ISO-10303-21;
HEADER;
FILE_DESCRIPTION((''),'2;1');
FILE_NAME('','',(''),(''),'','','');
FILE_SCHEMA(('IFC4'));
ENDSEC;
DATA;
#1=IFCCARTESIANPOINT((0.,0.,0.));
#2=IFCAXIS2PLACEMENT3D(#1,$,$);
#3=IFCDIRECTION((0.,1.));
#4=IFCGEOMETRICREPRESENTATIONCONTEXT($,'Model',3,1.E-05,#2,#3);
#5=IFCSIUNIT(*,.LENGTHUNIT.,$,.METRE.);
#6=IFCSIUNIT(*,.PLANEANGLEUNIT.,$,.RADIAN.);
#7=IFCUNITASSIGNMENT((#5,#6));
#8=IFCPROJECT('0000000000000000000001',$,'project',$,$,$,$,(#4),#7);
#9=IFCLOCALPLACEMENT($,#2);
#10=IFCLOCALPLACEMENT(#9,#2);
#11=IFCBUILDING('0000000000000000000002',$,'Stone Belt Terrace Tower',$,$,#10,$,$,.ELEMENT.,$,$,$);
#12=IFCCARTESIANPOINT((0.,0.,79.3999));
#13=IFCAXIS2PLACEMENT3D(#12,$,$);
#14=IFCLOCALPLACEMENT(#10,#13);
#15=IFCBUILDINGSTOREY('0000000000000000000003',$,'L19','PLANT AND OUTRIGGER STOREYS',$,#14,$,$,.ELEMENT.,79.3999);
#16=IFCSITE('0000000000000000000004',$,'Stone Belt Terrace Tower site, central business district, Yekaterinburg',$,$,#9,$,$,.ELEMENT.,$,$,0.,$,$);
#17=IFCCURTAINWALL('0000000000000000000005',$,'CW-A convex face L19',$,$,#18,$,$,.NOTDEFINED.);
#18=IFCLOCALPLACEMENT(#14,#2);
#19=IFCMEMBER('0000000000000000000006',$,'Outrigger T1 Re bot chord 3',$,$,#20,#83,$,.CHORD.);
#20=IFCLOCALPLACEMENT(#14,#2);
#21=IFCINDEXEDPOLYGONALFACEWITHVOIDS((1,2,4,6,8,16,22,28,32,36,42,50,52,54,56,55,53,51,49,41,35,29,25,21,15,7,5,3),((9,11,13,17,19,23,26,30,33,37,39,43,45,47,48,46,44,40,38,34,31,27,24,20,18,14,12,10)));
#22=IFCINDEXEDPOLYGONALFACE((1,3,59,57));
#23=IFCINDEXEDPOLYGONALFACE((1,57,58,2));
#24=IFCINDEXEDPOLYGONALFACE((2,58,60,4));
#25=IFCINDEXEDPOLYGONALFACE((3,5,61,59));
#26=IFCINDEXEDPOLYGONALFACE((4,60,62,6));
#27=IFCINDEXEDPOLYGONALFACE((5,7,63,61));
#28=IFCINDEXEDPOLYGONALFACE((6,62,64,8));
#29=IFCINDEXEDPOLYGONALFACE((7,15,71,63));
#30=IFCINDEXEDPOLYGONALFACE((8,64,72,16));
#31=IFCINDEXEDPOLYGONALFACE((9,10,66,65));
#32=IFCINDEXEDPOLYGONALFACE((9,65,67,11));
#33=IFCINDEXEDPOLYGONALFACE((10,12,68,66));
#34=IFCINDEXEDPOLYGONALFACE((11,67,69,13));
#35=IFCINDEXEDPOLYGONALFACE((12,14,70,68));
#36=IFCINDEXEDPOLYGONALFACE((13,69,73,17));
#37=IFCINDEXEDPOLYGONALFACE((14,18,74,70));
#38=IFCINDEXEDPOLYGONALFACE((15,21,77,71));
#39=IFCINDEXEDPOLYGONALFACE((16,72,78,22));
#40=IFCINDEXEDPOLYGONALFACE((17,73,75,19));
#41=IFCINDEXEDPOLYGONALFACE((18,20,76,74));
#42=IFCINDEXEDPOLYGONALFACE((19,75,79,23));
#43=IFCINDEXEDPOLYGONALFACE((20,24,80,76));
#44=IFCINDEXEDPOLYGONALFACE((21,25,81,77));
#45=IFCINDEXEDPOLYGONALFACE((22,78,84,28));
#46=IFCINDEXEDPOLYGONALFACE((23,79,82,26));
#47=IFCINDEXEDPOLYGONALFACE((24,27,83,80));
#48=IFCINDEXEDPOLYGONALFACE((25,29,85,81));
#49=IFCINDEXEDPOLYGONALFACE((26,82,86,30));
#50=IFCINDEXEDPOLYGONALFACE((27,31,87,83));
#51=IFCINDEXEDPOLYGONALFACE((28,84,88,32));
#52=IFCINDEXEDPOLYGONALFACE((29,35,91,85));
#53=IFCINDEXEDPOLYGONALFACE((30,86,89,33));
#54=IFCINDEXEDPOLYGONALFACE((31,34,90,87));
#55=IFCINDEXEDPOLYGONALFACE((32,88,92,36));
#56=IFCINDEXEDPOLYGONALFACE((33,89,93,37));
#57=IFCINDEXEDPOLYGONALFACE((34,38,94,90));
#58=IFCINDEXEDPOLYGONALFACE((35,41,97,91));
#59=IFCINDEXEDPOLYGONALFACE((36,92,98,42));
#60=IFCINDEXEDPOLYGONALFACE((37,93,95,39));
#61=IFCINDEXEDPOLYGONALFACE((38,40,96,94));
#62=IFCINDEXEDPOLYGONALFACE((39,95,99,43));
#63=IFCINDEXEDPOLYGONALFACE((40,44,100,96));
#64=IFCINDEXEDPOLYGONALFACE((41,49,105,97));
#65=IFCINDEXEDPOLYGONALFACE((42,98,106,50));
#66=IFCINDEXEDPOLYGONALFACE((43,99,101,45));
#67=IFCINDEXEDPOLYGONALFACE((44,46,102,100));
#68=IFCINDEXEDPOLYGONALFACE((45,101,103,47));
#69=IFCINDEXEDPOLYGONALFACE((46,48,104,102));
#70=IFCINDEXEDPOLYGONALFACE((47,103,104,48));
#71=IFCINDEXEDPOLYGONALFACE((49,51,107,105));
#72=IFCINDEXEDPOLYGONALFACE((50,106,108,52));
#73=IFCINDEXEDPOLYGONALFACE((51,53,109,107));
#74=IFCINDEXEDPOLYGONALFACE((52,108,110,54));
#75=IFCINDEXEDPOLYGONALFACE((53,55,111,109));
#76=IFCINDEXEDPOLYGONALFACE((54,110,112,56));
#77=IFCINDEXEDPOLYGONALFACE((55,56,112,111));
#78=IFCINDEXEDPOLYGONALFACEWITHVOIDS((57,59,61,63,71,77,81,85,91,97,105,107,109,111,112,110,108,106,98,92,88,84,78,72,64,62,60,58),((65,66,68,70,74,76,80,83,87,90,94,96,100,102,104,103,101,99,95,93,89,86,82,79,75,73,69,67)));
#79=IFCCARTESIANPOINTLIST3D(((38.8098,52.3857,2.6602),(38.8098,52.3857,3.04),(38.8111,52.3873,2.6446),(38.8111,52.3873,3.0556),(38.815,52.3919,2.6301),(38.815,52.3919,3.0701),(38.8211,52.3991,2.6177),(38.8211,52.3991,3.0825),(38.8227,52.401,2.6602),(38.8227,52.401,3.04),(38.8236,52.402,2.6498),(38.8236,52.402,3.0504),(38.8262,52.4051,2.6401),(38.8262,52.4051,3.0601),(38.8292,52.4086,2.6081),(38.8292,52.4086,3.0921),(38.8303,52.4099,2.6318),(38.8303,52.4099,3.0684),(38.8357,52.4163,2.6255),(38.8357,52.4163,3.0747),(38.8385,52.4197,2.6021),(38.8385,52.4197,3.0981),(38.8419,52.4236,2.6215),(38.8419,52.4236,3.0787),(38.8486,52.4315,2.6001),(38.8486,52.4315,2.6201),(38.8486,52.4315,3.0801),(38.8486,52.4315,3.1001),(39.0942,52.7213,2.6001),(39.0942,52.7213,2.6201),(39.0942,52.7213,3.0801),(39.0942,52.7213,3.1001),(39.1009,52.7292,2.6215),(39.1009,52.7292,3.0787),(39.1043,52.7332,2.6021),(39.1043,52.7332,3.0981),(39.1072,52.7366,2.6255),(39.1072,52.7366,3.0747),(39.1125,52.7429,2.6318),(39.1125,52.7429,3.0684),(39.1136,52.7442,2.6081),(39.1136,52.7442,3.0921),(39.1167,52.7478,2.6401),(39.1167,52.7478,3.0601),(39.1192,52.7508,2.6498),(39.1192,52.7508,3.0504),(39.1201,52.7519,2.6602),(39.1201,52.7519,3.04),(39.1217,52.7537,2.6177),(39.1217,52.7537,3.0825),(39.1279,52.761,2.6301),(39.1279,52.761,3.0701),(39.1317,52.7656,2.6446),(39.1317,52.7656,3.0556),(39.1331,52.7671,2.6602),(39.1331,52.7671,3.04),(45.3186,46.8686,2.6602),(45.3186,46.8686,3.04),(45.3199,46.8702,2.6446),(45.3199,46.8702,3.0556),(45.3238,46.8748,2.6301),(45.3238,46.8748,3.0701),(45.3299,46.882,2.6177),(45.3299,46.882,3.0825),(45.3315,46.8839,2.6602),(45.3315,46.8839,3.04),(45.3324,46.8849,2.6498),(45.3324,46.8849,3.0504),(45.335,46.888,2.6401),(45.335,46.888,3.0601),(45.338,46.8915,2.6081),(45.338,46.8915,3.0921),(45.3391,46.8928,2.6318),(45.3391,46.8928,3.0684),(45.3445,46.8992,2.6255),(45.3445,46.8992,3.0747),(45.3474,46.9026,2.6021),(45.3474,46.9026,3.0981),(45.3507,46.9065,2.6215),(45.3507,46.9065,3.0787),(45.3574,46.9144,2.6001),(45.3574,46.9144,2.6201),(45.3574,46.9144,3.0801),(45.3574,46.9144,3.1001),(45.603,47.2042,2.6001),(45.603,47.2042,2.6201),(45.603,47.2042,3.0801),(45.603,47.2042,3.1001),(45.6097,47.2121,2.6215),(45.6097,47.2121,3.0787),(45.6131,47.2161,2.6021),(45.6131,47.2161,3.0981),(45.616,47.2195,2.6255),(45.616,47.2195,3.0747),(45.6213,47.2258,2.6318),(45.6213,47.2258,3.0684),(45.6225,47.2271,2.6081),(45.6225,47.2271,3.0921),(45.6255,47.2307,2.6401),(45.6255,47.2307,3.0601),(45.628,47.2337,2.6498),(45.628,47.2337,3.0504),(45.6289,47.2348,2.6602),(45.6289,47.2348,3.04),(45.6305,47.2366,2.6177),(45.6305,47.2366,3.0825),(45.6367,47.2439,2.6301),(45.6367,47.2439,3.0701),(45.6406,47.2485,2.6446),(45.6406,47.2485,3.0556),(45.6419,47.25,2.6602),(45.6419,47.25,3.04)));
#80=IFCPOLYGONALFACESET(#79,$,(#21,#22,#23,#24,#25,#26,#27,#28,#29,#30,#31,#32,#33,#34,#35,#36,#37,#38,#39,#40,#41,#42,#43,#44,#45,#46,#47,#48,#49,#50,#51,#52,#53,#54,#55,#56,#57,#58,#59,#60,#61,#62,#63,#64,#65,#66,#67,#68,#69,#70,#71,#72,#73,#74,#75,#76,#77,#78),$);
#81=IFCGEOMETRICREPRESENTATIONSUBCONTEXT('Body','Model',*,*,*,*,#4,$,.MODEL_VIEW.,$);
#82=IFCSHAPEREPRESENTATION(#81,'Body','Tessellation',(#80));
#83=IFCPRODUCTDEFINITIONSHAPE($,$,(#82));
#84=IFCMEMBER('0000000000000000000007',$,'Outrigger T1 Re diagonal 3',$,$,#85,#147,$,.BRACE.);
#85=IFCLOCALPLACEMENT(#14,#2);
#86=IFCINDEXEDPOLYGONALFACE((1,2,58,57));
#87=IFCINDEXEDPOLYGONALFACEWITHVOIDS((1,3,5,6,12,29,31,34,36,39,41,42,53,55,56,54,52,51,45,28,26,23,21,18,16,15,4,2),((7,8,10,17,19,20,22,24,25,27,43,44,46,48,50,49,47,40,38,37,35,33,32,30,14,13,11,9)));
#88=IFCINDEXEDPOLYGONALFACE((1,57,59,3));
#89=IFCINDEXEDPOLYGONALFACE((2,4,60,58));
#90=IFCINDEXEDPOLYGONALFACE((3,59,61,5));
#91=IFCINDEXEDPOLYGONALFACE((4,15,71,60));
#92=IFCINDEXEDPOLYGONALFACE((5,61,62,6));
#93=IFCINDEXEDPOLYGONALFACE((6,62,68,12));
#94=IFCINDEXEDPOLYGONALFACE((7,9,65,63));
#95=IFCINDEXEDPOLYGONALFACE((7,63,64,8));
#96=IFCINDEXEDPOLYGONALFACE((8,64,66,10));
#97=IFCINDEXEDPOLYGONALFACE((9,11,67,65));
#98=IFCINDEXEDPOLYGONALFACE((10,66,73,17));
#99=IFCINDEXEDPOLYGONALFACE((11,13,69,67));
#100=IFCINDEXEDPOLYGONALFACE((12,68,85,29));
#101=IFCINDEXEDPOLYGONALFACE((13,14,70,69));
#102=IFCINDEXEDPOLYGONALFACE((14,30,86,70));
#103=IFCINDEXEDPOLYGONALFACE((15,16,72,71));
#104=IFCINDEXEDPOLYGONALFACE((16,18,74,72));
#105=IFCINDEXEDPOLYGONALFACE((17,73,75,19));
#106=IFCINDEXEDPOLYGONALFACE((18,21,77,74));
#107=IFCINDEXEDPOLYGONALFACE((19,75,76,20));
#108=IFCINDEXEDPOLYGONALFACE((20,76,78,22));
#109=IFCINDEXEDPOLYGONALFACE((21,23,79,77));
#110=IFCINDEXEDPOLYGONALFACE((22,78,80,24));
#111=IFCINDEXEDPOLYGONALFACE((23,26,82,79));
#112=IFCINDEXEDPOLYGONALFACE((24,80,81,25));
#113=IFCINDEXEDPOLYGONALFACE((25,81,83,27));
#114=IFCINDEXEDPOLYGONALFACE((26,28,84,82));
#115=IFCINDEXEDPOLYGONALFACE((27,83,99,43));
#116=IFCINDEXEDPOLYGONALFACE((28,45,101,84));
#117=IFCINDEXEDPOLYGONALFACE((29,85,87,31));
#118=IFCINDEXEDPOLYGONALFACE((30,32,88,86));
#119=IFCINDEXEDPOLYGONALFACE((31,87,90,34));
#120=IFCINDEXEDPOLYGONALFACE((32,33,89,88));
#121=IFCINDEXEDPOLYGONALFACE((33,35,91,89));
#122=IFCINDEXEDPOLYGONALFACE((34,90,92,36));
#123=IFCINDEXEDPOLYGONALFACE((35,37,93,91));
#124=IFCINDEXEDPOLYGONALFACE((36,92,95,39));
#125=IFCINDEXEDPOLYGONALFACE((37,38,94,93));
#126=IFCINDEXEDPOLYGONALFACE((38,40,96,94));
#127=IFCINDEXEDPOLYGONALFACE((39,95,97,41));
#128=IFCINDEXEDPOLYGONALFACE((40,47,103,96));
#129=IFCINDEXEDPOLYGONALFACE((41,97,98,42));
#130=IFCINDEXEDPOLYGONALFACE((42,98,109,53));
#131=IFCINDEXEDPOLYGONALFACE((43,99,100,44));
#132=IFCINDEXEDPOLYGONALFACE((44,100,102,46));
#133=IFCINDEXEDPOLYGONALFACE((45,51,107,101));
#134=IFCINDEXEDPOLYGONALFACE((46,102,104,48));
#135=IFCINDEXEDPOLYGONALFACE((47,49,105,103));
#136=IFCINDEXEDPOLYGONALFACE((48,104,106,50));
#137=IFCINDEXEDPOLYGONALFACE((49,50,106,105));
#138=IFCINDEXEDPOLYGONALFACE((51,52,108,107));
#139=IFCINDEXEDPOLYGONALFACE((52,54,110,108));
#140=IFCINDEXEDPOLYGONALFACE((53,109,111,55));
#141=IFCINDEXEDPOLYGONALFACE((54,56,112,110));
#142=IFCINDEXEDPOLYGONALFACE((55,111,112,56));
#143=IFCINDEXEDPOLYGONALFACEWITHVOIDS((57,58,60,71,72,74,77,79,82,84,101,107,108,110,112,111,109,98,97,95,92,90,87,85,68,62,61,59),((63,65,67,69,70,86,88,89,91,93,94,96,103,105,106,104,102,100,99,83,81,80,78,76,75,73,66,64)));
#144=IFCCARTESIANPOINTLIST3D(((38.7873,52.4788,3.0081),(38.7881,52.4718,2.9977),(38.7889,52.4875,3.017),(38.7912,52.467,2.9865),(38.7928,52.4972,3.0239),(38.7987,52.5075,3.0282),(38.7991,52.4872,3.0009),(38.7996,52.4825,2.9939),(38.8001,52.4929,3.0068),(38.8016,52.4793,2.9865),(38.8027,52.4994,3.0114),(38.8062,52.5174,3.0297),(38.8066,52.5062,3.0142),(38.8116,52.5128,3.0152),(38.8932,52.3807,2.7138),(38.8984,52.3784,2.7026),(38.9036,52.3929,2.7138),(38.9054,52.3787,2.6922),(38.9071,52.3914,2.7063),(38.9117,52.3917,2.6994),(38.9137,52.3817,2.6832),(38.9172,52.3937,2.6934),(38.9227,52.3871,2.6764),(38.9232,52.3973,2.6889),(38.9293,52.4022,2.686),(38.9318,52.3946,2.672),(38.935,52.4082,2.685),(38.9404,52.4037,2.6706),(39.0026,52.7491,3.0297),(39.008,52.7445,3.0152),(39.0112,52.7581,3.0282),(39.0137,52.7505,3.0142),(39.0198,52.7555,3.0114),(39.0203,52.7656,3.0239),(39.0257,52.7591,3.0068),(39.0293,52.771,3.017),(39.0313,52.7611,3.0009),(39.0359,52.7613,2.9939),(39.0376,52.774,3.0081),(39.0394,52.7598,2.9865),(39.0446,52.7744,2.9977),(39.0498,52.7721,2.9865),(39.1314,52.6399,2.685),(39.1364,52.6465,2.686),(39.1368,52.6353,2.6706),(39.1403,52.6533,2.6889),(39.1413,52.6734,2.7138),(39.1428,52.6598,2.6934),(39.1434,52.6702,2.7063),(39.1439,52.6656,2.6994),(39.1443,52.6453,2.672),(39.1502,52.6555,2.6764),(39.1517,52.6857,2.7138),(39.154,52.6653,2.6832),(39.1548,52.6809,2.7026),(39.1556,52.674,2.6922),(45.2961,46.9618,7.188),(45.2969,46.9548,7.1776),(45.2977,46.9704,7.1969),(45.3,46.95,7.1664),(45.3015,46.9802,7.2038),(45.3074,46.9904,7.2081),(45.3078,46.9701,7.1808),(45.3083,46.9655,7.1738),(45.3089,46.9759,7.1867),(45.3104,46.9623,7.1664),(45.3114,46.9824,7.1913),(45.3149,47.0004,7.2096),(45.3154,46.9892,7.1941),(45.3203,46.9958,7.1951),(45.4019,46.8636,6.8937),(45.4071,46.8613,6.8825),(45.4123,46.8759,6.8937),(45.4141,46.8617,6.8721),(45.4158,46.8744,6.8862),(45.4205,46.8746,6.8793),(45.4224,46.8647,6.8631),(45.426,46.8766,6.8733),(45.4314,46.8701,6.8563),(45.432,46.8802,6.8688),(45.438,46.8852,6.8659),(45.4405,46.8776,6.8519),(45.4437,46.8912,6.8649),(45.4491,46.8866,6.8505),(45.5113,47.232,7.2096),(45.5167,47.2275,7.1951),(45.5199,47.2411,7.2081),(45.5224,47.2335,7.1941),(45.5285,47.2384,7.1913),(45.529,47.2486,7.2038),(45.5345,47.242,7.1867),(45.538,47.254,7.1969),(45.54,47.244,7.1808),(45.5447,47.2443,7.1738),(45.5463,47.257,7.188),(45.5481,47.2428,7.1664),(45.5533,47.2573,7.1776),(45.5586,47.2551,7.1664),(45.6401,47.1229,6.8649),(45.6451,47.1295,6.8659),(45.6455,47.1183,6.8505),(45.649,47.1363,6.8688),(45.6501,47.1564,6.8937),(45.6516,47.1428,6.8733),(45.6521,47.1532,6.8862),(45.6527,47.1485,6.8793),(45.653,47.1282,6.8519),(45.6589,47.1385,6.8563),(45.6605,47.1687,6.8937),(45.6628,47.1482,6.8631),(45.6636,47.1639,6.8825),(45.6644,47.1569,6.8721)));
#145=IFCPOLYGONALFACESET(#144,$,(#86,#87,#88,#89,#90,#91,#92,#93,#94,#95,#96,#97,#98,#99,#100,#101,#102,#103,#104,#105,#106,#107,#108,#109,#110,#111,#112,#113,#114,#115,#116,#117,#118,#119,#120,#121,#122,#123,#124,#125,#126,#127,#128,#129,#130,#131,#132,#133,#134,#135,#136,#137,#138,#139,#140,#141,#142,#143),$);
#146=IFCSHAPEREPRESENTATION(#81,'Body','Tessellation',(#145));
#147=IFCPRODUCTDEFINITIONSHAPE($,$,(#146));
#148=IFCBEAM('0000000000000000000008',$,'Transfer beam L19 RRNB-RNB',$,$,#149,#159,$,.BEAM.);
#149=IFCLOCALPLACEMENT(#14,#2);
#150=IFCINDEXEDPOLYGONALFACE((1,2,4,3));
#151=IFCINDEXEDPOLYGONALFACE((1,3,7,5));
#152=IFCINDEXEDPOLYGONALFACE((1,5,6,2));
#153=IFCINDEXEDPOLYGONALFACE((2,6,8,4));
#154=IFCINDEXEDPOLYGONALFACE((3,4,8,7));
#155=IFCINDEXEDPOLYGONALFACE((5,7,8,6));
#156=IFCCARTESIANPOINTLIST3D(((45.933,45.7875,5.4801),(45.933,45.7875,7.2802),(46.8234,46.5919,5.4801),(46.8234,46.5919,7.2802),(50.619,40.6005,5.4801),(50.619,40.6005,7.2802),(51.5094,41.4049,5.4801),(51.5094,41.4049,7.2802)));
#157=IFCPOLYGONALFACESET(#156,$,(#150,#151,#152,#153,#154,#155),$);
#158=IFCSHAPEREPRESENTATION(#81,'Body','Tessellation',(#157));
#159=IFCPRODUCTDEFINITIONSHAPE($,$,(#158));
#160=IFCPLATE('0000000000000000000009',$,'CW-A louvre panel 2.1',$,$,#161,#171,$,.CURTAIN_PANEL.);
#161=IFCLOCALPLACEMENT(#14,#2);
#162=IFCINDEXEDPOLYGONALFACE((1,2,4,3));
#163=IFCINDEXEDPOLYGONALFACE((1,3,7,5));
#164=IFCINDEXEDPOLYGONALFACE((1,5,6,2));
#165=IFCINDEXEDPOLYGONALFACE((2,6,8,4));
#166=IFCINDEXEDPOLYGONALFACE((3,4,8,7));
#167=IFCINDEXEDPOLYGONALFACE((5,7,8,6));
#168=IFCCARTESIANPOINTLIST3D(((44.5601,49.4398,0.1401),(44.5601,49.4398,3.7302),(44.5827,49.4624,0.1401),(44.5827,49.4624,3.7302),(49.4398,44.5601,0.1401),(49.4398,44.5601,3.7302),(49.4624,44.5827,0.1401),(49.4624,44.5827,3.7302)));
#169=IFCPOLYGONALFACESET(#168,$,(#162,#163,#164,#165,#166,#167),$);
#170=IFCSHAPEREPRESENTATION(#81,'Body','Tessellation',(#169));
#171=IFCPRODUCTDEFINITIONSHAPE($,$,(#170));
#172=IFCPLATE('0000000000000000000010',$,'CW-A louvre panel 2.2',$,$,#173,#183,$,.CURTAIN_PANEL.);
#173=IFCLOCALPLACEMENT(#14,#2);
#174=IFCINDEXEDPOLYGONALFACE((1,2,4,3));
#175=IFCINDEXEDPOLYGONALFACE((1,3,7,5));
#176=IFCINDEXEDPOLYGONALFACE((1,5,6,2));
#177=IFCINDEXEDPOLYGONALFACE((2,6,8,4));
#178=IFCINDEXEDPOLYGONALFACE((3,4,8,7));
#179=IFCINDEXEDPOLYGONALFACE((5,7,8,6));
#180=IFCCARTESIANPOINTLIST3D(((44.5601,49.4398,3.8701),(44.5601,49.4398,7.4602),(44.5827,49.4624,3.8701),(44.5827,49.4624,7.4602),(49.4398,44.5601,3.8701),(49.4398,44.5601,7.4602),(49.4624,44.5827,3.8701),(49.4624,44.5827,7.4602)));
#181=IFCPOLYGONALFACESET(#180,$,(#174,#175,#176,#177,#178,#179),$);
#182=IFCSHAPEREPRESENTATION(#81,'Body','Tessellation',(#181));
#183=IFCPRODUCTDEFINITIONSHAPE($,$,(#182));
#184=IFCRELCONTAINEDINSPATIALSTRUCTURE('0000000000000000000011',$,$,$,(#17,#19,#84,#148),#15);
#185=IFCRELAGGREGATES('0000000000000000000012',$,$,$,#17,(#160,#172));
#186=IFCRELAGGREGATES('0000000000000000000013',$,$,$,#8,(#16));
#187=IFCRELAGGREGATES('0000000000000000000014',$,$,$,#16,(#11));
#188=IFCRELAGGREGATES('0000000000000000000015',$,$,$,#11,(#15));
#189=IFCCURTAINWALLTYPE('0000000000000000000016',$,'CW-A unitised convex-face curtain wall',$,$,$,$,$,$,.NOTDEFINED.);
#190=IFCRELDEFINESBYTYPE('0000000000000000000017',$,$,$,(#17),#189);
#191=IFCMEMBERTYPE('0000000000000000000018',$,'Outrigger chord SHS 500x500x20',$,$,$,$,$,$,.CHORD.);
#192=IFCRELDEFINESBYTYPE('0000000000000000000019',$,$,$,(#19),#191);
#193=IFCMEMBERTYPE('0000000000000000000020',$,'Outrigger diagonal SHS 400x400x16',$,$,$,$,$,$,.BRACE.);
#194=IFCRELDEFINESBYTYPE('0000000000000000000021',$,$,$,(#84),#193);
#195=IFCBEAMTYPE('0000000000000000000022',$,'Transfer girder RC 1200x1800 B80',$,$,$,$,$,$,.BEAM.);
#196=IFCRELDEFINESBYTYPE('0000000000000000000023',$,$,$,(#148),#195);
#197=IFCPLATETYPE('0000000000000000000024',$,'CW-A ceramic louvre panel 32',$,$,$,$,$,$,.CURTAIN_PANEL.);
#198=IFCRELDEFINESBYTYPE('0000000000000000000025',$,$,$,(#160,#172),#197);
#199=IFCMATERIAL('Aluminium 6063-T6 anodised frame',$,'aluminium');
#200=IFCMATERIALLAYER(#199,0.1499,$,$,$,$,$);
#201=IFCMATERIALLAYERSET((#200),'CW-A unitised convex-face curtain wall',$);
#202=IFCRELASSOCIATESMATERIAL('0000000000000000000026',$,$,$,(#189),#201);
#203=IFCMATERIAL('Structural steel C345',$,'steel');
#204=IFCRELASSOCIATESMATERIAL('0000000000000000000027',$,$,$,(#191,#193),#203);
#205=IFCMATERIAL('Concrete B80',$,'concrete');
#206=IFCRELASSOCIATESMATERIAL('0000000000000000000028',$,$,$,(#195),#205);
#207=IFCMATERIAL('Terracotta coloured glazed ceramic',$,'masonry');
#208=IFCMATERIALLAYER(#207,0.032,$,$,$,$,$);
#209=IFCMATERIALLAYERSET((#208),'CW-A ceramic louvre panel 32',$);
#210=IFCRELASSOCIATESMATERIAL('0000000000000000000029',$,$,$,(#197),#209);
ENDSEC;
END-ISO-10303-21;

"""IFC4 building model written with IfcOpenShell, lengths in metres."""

from ifc_helpers import new_model, si_unit, direction, frame, origin, origin_2d, place, context, subcontext, project, spatial, rectangle, hollow_rectangle, extrude, material, layer, layer_set, material_profile, profile_set, type_object, element, aggregate, save


model = new_model("IFC4")

# Units and contexts
model_context = context("Model", 3, precision=1e-05, world=origin(), true_north=direction((0.0, 1.0)))
body_context = subcontext(model_context, "Body", "Model", "MODEL_VIEW")
ifc_project = project(units=[si_unit("LENGTHUNIT", "METRE"), si_unit("PLANEANGLEUNIT", "RADIAN")], contexts=[model_context])

# Site, building, storey
site_placement = place(None, origin())
site = spatial("IfcSite", under=ifc_project, at=site_placement, Name="Stone Belt Terrace Tower site, central business district, Yekaterinburg", CompositionType="ELEMENT", RefElevation=0.0)
building_placement = place(site_placement, origin())
building = spatial("IfcBuilding", under=site, at=building_placement, Name="Stone Belt Terrace Tower", CompositionType="ELEMENT")
storey_placement = place(building_placement, frame((0.0, 0.0, 79.3999)))
storey = spatial("IfcBuildingStorey", under=building, at=storey_placement, Name="L19", Description="PLANT AND OUTRIGGER STOREYS", CompositionType="ELEMENT", Elevation=79.3999)

# Shared definitions
ifc_material_1 = material(Name="Concrete B80", Category="concrete")

# Curtain wall
ifc_material_2 = material(Name="Aluminium 6063-T6 anodised frame", Category="aluminium")
ifc_layer_1 = layer(ifc_material_2, 0.1499)
ifc_layer_set_1 = layer_set([ifc_layer_1], Name="CW-A unitised convex-face curtain wall")
curtain_wall_type = type_object("IfcCurtainWallType", Name="CW-A unitised convex-face curtain wall", PredefinedType="NOTDEFINED", material=ifc_layer_set_1)
curtain_wall_placement = place(storey_placement, origin())
curtain_wall = element("IfcCurtainWall", 1, at=curtain_wall_placement, inside=storey, type_object=curtain_wall_type, Name="CW-A convex face L19", PredefinedType="NOTDEFINED")

# Members
ifc_material_3 = material(Name="Structural steel C345", Category="steel")
ifc_material_profile_1 = material_profile(ifc_material_3, hollow_rectangle(XDim=0.5, YDim=0.5, WallThickness=0.02, InnerFilletRadius=0.04, OuterFilletRadius=0.0601, at=origin_2d()), Name="SHS 500x500x20")
ifc_profile_set_1 = profile_set([ifc_material_profile_1], Name="Structural steel C345")
member_type_1 = type_object("IfcMemberType", Name="Outrigger chord SHS 500x500x20", PredefinedType="CHORD", material=ifc_profile_set_1)
for number, where, z_axis, x_axis, name in (
    (2, (45.4802, 47.0593, 2.8501), (-0.762828, 0.646601, 0.0), (-0.646601, -0.762828, 0.0), "Outrigger T1 Re bot chord 3"),
):
    element("IfcMember", number, at=place(storey_placement, frame(where, z_axis=z_axis, x_axis=x_axis)), inside=storey, type_object=member_type_1, Name=name, PredefinedType="CHORD", context=body_context, shape_type="SweptSolid", body=[
        extrude(hollow_rectangle(XDim=0.5, YDim=0.5, WallThickness=0.02, InnerFilletRadius=0.04, OuterFilletRadius=0.0601, at=origin_2d()), origin(), (0.0, 0.0, 1.0), 8.5325),
    ])
ifc_material_profile_2 = material_profile(ifc_material_3, hollow_rectangle(XDim=0.3999, YDim=0.3999, WallThickness=0.0161, InnerFilletRadius=0.032, OuterFilletRadius=0.0481, at=origin_2d()), Name="SHS 400x400x16")
ifc_profile_set_2 = profile_set([ifc_material_profile_2], Name="Structural steel C345")
member_type_2 = type_object("IfcMemberType", Name="Outrigger diagonal SHS 400x400x16", PredefinedType="BRACE", material=ifc_profile_set_2)
member_1_placement = place(storey_placement, frame((45.4802, 47.0593, 7.03), z_axis=(-0.685043, 0.580668, -0.439933), x_axis=(-0.646601, -0.762828, 0.0)))
element("IfcMember", 3, at=member_1_placement, inside=storey, type_object=member_type_2, Name="Outrigger T1 Re diagonal 3", PredefinedType="BRACE", context=body_context, shape_type="SweptSolid", body=[
    extrude(hollow_rectangle(XDim=0.3999, YDim=0.3999, WallThickness=0.0161, InnerFilletRadius=0.032, OuterFilletRadius=0.0481, at=origin_2d()), origin(), (0.0, 0.0, 1.0), 9.5012),
])

# Beam
ifc_material_profile_3 = material_profile(ifc_material_1, rectangle(XDim=1.2, YDim=1.8, at=origin_2d()), Name="RC 1200x1800")
ifc_profile_set_3 = profile_set([ifc_material_profile_3], Name="Concrete B80")
beam_type = type_object("IfcBeamType", Name="Transfer girder RC 1200x1800 B80", PredefinedType="BEAM", material=ifc_profile_set_3)
beam_placement = place(storey_placement, frame((46.3782, 46.1897, 6.3801), z_axis=(0.670364, -0.742032, 0.0), x_axis=(0.742032, 0.670364, 0.0)))
element("IfcBeam", 4, at=beam_placement, inside=storey, type_object=beam_type, Name="Transfer beam L19 RRNB-RNB", PredefinedType="BEAM", context=body_context, shape_type="SweptSolid", body=[
    extrude(rectangle(XDim=1.2, YDim=1.8, at=origin_2d()), origin(), (0.0, 0.0, 1.0), 6.9902),
])

# Plates
ifc_material_4 = material(Name="Terracotta coloured glazed ceramic", Category="masonry")
ifc_layer_2 = layer(ifc_material_4, 0.032)
ifc_layer_set_2 = layer_set([ifc_layer_2], Name="CW-A ceramic louvre panel 32")
plate_type = type_object("IfcPlateType", Name="CW-A ceramic louvre panel 32", PredefinedType="CURTAIN_PANEL", material=ifc_layer_set_2)
plate_1_placement = place(storey_placement, frame((47.0112, 47.0112, 0.1401), z_axis=(0.0, 0.0, 1.0), x_axis=(-0.707107, 0.707107, 0.0)))
plate_1 = element("IfcPlate", 5, at=plate_1_placement, type_object=plate_type, Name="CW-A louvre panel 2.1", PredefinedType="CURTAIN_PANEL", context=body_context, shape_type="SweptSolid", body=[
    extrude(rectangle(XDim=6.9009, YDim=0.032, at=origin_2d()), origin(), (0.0, 0.0, 1.0), 3.5901),
])
plate_2_placement = place(storey_placement, frame((47.0112, 47.0112, 3.8701), z_axis=(0.0, 0.0, 1.0), x_axis=(-0.707107, 0.707107, 0.0)))
plate_2 = element("IfcPlate", 6, at=plate_2_placement, type_object=plate_type, Name="CW-A louvre panel 2.2", PredefinedType="CURTAIN_PANEL", context=body_context, shape_type="SweptSolid", body=[
    extrude(rectangle(XDim=6.9009, YDim=0.032, at=origin_2d()), origin(), (0.0, 0.0, 1.0), 3.5901),
])
aggregate(curtain_wall, [plate_1, plate_2])

save(model, "model.ifc")
